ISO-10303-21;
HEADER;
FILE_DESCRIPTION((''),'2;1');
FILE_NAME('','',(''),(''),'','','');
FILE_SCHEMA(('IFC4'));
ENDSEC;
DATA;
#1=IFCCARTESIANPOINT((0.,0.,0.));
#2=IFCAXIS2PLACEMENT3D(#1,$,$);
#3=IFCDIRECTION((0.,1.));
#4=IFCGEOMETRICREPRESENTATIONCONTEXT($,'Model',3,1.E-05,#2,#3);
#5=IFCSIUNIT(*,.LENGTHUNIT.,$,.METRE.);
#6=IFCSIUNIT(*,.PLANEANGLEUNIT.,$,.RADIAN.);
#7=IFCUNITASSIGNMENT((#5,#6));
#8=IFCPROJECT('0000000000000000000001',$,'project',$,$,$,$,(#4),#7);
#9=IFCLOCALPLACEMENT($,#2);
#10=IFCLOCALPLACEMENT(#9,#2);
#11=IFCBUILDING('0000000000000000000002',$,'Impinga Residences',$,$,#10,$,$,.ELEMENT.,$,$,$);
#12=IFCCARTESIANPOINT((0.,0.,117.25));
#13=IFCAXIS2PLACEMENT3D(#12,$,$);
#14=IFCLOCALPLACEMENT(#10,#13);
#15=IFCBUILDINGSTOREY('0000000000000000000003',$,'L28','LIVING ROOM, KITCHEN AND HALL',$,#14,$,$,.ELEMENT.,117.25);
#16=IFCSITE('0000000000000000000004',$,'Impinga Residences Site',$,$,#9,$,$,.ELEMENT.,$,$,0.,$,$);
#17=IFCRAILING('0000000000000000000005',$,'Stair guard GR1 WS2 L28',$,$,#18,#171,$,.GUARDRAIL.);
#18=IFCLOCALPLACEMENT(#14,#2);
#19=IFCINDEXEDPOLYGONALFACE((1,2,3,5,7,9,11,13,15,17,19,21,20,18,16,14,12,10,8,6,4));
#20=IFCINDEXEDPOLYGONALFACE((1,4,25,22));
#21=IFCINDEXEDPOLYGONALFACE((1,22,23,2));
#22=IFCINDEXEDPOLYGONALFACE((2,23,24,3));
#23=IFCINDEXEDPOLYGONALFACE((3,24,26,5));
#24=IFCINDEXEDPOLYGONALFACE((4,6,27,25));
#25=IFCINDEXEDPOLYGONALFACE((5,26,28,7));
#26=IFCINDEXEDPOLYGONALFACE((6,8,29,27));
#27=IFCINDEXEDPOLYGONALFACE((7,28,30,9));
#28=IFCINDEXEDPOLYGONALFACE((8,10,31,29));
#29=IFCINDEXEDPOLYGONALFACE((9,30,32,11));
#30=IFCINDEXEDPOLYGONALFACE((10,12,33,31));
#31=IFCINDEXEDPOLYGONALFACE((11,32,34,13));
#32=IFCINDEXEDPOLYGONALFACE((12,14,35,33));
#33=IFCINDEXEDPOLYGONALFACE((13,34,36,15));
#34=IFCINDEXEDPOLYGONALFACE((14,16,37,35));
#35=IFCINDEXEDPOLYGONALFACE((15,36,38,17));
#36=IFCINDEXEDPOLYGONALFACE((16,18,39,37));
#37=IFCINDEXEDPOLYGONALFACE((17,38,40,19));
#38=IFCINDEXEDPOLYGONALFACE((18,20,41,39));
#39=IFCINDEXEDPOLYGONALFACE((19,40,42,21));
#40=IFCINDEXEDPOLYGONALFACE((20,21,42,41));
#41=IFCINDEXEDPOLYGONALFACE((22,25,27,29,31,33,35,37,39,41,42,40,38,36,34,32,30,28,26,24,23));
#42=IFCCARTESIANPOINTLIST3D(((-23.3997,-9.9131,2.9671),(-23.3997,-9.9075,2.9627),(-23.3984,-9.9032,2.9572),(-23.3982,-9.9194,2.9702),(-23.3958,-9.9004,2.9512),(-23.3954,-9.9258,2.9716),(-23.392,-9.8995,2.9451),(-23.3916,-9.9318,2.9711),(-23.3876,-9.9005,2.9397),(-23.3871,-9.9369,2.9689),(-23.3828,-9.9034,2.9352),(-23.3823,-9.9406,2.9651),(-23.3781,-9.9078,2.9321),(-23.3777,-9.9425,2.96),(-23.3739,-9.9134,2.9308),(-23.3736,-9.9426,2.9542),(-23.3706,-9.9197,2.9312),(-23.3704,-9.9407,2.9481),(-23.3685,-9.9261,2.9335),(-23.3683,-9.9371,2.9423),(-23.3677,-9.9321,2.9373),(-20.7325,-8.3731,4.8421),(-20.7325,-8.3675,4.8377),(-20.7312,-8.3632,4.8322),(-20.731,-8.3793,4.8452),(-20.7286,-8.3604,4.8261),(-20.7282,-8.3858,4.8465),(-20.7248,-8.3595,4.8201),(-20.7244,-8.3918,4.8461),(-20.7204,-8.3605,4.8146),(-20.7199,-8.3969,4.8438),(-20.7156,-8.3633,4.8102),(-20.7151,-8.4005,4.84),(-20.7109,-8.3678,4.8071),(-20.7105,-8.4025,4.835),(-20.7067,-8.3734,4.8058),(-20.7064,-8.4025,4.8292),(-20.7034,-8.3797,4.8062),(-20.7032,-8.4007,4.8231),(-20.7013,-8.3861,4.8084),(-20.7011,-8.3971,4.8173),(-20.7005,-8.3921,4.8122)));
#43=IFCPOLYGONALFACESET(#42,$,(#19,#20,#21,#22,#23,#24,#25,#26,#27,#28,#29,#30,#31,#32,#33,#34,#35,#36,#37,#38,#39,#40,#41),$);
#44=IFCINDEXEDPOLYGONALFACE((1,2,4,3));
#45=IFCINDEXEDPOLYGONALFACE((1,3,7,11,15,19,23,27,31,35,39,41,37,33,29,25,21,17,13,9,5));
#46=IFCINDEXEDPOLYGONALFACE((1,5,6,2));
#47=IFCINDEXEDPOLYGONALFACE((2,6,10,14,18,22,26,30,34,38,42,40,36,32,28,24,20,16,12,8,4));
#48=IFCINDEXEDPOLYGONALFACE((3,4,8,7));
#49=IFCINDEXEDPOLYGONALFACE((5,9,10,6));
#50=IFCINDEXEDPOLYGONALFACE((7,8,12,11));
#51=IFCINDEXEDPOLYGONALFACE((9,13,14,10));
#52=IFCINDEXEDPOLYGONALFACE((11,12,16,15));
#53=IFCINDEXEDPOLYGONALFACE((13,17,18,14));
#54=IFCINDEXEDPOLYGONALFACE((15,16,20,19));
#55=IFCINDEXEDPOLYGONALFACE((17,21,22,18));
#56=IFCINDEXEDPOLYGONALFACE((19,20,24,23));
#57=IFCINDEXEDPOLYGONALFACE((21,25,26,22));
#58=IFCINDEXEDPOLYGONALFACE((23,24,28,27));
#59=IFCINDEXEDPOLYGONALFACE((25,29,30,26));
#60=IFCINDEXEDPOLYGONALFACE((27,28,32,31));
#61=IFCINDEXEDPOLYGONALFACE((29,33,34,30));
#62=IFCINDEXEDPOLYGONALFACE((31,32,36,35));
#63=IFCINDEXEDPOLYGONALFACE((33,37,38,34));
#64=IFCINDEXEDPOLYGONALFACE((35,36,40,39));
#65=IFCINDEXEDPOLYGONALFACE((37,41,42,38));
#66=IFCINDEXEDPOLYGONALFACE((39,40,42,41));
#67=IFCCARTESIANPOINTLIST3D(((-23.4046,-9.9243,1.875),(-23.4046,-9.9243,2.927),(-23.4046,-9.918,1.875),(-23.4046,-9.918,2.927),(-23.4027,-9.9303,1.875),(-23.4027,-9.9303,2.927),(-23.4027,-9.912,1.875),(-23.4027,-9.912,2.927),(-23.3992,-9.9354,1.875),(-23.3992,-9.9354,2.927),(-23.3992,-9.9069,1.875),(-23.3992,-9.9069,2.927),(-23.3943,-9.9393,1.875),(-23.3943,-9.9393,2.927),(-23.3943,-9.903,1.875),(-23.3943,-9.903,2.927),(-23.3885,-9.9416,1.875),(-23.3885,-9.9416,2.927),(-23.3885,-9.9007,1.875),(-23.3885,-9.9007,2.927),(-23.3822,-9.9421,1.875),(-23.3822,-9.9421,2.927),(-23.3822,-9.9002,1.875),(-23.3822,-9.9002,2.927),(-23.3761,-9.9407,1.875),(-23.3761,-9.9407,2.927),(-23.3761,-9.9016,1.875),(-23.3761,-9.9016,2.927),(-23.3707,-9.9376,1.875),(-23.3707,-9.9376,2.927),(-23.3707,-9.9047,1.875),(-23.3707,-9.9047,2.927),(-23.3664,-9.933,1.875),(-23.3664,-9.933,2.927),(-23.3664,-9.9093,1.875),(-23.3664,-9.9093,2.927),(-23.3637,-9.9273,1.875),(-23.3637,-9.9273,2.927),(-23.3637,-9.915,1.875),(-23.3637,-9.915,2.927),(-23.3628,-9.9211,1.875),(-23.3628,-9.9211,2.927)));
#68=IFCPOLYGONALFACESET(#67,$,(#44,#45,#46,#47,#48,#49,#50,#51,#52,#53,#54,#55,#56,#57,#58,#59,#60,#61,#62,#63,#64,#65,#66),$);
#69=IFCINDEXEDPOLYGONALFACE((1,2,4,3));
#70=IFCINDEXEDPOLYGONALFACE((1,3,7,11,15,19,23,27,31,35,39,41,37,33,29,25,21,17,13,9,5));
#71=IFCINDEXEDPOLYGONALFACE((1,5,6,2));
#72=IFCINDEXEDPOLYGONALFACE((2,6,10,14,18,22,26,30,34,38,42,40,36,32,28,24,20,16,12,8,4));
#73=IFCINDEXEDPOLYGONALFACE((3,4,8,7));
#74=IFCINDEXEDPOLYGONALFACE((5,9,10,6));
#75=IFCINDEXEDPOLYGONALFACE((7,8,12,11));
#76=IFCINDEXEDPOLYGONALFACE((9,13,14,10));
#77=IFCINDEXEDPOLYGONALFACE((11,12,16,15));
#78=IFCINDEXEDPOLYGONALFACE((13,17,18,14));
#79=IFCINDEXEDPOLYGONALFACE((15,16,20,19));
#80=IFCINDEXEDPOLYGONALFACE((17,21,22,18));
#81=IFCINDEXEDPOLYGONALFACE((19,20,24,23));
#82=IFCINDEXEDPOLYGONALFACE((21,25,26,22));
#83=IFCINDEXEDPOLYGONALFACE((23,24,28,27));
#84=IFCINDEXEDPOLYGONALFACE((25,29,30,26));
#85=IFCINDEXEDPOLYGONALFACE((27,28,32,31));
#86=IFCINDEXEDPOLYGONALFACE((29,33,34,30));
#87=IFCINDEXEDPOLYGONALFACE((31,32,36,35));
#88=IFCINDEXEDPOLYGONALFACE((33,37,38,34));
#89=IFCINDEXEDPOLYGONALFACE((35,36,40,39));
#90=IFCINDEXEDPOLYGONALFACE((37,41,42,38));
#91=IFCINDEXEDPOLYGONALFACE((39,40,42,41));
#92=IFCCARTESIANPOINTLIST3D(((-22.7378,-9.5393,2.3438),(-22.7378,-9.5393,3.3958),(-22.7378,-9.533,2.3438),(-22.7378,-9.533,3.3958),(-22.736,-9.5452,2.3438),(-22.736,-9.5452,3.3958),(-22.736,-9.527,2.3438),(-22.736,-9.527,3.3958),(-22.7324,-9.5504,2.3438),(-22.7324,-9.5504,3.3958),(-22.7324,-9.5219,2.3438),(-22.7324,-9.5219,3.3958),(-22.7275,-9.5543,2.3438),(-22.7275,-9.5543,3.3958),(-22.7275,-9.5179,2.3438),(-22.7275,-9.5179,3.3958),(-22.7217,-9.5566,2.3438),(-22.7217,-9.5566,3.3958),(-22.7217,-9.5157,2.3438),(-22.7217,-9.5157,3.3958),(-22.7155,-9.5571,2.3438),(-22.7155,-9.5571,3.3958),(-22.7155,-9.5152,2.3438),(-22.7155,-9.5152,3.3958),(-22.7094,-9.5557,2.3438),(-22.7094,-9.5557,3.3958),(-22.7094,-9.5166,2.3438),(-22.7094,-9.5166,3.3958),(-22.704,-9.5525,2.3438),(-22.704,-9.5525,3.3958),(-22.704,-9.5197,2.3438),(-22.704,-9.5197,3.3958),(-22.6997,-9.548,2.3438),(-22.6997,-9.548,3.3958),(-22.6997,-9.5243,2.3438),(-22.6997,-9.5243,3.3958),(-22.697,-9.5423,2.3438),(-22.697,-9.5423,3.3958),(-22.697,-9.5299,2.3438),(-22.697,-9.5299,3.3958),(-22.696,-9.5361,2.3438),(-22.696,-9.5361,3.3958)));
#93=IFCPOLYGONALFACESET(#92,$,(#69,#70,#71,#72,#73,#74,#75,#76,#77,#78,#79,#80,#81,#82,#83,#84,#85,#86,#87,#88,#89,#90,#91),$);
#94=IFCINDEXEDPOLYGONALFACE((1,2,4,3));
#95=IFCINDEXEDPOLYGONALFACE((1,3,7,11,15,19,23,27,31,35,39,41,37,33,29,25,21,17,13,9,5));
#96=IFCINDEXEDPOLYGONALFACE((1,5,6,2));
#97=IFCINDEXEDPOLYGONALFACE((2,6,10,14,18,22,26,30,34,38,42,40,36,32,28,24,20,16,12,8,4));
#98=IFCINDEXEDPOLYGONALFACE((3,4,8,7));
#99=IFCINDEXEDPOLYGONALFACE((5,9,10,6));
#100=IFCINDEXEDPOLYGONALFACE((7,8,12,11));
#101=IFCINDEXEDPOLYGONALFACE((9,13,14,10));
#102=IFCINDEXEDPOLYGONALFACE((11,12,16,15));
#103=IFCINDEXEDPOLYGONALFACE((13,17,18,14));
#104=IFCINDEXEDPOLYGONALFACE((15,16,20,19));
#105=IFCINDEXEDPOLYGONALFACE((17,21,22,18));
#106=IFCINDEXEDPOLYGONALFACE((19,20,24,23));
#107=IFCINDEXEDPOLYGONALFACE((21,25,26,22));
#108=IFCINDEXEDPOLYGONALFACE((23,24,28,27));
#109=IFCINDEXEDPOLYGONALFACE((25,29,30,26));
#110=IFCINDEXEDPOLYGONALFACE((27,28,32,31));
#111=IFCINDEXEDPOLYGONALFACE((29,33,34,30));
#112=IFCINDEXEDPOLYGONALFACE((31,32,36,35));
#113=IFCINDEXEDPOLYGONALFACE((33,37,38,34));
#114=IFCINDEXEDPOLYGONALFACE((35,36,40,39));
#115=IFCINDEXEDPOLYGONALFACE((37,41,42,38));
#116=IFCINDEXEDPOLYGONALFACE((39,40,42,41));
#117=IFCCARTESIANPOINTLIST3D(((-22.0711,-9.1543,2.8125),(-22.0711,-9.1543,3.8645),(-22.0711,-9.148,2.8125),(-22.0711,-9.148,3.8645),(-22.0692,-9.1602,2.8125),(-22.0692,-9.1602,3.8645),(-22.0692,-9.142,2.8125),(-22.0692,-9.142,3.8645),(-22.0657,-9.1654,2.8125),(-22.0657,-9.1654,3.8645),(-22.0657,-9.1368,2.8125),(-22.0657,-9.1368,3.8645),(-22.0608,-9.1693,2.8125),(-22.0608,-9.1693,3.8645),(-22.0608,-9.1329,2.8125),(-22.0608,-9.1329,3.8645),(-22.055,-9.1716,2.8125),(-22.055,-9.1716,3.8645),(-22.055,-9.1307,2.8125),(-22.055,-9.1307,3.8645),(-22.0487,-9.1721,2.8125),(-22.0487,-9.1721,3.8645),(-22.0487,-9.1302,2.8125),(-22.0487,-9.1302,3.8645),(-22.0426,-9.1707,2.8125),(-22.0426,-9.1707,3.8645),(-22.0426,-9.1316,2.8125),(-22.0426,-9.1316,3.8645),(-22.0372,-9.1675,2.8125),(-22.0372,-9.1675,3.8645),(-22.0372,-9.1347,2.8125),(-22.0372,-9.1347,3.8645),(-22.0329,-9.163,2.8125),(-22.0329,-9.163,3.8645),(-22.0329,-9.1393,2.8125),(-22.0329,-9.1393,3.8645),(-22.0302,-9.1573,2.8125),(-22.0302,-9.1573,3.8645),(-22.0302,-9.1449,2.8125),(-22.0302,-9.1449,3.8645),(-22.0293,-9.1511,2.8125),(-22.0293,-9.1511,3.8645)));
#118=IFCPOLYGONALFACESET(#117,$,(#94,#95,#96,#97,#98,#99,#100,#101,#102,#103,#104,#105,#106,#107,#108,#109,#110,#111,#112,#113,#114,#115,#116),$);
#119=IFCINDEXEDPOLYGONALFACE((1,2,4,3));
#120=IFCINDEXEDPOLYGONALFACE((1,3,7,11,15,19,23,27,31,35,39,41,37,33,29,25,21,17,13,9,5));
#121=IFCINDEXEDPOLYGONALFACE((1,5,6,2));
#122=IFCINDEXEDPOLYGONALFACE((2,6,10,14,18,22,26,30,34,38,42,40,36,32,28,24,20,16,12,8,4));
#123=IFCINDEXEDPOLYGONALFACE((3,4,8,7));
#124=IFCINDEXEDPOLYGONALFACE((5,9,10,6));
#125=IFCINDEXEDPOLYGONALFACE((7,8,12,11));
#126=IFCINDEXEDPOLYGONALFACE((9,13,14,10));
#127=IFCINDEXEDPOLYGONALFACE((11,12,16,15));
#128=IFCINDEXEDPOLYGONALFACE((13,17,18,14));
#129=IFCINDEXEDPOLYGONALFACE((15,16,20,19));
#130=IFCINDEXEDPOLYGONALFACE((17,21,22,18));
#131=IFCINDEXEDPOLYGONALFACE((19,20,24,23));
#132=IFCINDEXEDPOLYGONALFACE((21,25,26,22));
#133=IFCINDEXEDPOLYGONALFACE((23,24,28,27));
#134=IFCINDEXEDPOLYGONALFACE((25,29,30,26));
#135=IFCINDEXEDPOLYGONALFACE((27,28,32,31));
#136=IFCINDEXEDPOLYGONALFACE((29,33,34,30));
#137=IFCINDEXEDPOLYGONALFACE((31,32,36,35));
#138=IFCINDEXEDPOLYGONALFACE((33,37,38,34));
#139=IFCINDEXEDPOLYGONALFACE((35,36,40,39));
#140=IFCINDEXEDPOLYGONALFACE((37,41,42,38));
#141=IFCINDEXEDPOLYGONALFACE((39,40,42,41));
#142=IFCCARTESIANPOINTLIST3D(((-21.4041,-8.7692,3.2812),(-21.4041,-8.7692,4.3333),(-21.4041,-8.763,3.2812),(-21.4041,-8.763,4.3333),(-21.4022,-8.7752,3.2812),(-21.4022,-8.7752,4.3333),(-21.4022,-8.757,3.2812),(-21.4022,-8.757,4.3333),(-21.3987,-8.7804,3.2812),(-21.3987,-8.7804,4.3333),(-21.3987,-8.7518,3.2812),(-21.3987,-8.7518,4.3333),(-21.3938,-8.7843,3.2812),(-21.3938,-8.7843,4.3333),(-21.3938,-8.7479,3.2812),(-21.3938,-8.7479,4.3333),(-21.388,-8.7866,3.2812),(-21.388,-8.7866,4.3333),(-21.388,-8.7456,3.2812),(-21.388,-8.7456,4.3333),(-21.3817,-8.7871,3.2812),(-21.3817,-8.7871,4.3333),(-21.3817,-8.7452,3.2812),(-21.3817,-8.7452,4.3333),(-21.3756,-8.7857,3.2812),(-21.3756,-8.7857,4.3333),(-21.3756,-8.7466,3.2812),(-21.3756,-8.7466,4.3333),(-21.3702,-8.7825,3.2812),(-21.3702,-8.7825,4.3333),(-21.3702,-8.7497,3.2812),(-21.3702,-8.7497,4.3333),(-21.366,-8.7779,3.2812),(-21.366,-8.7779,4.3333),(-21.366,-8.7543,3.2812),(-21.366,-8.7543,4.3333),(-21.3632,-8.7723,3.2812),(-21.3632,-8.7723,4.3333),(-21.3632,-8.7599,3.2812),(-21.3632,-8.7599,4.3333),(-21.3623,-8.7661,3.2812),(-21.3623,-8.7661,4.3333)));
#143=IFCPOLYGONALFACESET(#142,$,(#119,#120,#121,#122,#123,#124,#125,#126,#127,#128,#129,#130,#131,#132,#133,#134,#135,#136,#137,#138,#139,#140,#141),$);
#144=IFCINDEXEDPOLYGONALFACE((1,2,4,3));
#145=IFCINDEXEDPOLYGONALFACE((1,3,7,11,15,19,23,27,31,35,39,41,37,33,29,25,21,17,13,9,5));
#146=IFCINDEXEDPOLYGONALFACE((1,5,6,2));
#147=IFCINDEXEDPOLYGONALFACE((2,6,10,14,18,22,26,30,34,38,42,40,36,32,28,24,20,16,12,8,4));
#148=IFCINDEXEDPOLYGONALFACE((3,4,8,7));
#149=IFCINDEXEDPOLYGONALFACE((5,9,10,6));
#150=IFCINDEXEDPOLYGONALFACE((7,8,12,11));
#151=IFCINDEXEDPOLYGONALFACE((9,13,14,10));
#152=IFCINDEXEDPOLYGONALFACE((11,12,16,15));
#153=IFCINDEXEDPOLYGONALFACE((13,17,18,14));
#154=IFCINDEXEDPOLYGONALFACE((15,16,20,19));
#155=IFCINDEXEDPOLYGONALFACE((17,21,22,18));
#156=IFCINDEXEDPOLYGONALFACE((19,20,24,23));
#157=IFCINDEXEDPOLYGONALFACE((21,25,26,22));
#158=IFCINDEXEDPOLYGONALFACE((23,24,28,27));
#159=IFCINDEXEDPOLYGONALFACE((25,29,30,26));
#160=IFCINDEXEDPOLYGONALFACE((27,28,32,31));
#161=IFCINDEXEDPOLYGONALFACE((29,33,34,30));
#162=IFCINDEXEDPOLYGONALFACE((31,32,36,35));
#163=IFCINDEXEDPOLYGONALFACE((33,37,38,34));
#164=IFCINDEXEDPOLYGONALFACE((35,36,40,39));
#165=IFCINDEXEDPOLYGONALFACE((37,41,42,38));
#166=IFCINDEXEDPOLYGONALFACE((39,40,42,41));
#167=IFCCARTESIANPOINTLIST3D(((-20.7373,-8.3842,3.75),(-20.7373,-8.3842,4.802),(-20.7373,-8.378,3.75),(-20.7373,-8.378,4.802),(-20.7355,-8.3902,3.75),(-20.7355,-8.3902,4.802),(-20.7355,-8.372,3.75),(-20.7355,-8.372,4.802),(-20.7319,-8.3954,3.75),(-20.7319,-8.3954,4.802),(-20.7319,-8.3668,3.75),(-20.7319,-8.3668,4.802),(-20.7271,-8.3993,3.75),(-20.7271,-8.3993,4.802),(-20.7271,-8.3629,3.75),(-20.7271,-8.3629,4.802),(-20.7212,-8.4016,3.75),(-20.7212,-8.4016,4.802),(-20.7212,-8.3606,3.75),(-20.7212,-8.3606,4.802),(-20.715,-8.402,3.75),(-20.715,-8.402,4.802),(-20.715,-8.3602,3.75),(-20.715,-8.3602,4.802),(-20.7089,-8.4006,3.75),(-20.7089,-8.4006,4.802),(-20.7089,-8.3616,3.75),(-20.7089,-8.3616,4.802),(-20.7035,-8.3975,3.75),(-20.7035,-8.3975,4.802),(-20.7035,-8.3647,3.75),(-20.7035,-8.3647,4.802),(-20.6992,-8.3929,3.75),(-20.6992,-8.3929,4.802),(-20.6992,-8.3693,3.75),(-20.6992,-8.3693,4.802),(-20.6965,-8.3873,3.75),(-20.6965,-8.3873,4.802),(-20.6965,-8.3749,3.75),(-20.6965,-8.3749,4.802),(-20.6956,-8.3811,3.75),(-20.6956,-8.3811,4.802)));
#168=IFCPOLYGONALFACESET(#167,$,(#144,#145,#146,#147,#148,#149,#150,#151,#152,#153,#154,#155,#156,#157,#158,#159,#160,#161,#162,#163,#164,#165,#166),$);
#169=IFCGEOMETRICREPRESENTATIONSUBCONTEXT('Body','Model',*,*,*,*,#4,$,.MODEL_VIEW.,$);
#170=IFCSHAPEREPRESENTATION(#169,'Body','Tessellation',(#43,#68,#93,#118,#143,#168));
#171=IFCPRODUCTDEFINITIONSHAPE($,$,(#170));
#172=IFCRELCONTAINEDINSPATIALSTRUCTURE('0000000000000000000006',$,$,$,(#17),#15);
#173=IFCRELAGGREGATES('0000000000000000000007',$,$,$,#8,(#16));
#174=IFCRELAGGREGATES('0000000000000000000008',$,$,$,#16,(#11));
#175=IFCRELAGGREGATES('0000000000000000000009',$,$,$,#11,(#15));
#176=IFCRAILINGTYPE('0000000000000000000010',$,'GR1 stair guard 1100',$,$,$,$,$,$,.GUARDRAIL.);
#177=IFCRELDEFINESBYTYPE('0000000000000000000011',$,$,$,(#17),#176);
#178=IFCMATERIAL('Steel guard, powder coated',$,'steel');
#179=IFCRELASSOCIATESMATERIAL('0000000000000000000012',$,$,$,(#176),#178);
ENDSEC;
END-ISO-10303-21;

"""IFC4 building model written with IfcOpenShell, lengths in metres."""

from ifc_helpers import new_model, si_unit, direction, frame, origin, origin_2d, place, context, subcontext, project, spatial, circle, extrude, material, type_object, element, save


model = new_model("IFC4")

# Units and contexts
model_context = context("Model", 3, precision=1e-05, world=origin(), true_north=direction((0.0, 1.0)))
body_context = subcontext(model_context, "Body", "Model", "MODEL_VIEW")
ifc_project = project(units=[si_unit("LENGTHUNIT", "METRE"), si_unit("PLANEANGLEUNIT", "RADIAN")], contexts=[model_context])

# Site, building, storey
site_placement = place(None, origin())
site = spatial("IfcSite", under=ifc_project, at=site_placement, Name="Impinga Residences Site", CompositionType="ELEMENT", RefElevation=0.0)
building_placement = place(site_placement, origin())
building = spatial("IfcBuilding", under=site, at=building_placement, Name="Impinga Residences", CompositionType="ELEMENT")
storey_placement = place(building_placement, frame((0.0, 0.0, 117.25)))
storey = spatial("IfcBuildingStorey", under=building, at=storey_placement, Name="L28", Description="LIVING ROOM, KITCHEN AND HALL", CompositionType="ELEMENT", Elevation=117.25)

# Railing
ifc_material_1 = material(Name="Steel guard, powder coated", Category="steel")
railing_type_1 = type_object("IfcRailingType", Name="GR1 stair guard 1100", PredefinedType="GUARDRAIL", material=ifc_material_1)
railing_1_placement = place(storey_placement, frame((-23.3838, -9.9211, 1.875)))
element("IfcRailing", 1, at=railing_1_placement, inside=storey, type_object=railing_type_1, Name="Stair guard GR1 WS2 L28", PredefinedType="GUARDRAIL", context=body_context, shape_type="SweptSolid", body=[
    extrude(circle(Radius=0.0239, at=origin_2d()), frame((0.0, 0.0, 1.0762), z_axis=(0.739716, 0.427105, 0.520002), x_axis=(-0.500027, 0.86601, 0.0)), (0.0, 0.0, 1.0), 3.6057),
    extrude(circle(Radius=0.021, at=origin_2d()), origin(), (0.0, 0.0, 1.0), 1.052),
    extrude(circle(Radius=0.021, at=origin_2d()), frame((0.6667, 0.385, 0.4688)), (0.0, 0.0, 1.0), 1.052),
    extrude(circle(Radius=0.021, at=origin_2d()), frame((1.3335, 0.77, 0.9375)), (0.0, 0.0, 1.0), 1.052),
    extrude(circle(Radius=0.021, at=origin_2d()), frame((2.0005, 1.155, 1.4062)), (0.0, 0.0, 1.0), 1.052),
    extrude(circle(Radius=0.021, at=origin_2d()), frame((2.6672, 1.54, 1.875)), (0.0, 0.0, 1.0), 1.052),
])

save(model, "model.ifc")
